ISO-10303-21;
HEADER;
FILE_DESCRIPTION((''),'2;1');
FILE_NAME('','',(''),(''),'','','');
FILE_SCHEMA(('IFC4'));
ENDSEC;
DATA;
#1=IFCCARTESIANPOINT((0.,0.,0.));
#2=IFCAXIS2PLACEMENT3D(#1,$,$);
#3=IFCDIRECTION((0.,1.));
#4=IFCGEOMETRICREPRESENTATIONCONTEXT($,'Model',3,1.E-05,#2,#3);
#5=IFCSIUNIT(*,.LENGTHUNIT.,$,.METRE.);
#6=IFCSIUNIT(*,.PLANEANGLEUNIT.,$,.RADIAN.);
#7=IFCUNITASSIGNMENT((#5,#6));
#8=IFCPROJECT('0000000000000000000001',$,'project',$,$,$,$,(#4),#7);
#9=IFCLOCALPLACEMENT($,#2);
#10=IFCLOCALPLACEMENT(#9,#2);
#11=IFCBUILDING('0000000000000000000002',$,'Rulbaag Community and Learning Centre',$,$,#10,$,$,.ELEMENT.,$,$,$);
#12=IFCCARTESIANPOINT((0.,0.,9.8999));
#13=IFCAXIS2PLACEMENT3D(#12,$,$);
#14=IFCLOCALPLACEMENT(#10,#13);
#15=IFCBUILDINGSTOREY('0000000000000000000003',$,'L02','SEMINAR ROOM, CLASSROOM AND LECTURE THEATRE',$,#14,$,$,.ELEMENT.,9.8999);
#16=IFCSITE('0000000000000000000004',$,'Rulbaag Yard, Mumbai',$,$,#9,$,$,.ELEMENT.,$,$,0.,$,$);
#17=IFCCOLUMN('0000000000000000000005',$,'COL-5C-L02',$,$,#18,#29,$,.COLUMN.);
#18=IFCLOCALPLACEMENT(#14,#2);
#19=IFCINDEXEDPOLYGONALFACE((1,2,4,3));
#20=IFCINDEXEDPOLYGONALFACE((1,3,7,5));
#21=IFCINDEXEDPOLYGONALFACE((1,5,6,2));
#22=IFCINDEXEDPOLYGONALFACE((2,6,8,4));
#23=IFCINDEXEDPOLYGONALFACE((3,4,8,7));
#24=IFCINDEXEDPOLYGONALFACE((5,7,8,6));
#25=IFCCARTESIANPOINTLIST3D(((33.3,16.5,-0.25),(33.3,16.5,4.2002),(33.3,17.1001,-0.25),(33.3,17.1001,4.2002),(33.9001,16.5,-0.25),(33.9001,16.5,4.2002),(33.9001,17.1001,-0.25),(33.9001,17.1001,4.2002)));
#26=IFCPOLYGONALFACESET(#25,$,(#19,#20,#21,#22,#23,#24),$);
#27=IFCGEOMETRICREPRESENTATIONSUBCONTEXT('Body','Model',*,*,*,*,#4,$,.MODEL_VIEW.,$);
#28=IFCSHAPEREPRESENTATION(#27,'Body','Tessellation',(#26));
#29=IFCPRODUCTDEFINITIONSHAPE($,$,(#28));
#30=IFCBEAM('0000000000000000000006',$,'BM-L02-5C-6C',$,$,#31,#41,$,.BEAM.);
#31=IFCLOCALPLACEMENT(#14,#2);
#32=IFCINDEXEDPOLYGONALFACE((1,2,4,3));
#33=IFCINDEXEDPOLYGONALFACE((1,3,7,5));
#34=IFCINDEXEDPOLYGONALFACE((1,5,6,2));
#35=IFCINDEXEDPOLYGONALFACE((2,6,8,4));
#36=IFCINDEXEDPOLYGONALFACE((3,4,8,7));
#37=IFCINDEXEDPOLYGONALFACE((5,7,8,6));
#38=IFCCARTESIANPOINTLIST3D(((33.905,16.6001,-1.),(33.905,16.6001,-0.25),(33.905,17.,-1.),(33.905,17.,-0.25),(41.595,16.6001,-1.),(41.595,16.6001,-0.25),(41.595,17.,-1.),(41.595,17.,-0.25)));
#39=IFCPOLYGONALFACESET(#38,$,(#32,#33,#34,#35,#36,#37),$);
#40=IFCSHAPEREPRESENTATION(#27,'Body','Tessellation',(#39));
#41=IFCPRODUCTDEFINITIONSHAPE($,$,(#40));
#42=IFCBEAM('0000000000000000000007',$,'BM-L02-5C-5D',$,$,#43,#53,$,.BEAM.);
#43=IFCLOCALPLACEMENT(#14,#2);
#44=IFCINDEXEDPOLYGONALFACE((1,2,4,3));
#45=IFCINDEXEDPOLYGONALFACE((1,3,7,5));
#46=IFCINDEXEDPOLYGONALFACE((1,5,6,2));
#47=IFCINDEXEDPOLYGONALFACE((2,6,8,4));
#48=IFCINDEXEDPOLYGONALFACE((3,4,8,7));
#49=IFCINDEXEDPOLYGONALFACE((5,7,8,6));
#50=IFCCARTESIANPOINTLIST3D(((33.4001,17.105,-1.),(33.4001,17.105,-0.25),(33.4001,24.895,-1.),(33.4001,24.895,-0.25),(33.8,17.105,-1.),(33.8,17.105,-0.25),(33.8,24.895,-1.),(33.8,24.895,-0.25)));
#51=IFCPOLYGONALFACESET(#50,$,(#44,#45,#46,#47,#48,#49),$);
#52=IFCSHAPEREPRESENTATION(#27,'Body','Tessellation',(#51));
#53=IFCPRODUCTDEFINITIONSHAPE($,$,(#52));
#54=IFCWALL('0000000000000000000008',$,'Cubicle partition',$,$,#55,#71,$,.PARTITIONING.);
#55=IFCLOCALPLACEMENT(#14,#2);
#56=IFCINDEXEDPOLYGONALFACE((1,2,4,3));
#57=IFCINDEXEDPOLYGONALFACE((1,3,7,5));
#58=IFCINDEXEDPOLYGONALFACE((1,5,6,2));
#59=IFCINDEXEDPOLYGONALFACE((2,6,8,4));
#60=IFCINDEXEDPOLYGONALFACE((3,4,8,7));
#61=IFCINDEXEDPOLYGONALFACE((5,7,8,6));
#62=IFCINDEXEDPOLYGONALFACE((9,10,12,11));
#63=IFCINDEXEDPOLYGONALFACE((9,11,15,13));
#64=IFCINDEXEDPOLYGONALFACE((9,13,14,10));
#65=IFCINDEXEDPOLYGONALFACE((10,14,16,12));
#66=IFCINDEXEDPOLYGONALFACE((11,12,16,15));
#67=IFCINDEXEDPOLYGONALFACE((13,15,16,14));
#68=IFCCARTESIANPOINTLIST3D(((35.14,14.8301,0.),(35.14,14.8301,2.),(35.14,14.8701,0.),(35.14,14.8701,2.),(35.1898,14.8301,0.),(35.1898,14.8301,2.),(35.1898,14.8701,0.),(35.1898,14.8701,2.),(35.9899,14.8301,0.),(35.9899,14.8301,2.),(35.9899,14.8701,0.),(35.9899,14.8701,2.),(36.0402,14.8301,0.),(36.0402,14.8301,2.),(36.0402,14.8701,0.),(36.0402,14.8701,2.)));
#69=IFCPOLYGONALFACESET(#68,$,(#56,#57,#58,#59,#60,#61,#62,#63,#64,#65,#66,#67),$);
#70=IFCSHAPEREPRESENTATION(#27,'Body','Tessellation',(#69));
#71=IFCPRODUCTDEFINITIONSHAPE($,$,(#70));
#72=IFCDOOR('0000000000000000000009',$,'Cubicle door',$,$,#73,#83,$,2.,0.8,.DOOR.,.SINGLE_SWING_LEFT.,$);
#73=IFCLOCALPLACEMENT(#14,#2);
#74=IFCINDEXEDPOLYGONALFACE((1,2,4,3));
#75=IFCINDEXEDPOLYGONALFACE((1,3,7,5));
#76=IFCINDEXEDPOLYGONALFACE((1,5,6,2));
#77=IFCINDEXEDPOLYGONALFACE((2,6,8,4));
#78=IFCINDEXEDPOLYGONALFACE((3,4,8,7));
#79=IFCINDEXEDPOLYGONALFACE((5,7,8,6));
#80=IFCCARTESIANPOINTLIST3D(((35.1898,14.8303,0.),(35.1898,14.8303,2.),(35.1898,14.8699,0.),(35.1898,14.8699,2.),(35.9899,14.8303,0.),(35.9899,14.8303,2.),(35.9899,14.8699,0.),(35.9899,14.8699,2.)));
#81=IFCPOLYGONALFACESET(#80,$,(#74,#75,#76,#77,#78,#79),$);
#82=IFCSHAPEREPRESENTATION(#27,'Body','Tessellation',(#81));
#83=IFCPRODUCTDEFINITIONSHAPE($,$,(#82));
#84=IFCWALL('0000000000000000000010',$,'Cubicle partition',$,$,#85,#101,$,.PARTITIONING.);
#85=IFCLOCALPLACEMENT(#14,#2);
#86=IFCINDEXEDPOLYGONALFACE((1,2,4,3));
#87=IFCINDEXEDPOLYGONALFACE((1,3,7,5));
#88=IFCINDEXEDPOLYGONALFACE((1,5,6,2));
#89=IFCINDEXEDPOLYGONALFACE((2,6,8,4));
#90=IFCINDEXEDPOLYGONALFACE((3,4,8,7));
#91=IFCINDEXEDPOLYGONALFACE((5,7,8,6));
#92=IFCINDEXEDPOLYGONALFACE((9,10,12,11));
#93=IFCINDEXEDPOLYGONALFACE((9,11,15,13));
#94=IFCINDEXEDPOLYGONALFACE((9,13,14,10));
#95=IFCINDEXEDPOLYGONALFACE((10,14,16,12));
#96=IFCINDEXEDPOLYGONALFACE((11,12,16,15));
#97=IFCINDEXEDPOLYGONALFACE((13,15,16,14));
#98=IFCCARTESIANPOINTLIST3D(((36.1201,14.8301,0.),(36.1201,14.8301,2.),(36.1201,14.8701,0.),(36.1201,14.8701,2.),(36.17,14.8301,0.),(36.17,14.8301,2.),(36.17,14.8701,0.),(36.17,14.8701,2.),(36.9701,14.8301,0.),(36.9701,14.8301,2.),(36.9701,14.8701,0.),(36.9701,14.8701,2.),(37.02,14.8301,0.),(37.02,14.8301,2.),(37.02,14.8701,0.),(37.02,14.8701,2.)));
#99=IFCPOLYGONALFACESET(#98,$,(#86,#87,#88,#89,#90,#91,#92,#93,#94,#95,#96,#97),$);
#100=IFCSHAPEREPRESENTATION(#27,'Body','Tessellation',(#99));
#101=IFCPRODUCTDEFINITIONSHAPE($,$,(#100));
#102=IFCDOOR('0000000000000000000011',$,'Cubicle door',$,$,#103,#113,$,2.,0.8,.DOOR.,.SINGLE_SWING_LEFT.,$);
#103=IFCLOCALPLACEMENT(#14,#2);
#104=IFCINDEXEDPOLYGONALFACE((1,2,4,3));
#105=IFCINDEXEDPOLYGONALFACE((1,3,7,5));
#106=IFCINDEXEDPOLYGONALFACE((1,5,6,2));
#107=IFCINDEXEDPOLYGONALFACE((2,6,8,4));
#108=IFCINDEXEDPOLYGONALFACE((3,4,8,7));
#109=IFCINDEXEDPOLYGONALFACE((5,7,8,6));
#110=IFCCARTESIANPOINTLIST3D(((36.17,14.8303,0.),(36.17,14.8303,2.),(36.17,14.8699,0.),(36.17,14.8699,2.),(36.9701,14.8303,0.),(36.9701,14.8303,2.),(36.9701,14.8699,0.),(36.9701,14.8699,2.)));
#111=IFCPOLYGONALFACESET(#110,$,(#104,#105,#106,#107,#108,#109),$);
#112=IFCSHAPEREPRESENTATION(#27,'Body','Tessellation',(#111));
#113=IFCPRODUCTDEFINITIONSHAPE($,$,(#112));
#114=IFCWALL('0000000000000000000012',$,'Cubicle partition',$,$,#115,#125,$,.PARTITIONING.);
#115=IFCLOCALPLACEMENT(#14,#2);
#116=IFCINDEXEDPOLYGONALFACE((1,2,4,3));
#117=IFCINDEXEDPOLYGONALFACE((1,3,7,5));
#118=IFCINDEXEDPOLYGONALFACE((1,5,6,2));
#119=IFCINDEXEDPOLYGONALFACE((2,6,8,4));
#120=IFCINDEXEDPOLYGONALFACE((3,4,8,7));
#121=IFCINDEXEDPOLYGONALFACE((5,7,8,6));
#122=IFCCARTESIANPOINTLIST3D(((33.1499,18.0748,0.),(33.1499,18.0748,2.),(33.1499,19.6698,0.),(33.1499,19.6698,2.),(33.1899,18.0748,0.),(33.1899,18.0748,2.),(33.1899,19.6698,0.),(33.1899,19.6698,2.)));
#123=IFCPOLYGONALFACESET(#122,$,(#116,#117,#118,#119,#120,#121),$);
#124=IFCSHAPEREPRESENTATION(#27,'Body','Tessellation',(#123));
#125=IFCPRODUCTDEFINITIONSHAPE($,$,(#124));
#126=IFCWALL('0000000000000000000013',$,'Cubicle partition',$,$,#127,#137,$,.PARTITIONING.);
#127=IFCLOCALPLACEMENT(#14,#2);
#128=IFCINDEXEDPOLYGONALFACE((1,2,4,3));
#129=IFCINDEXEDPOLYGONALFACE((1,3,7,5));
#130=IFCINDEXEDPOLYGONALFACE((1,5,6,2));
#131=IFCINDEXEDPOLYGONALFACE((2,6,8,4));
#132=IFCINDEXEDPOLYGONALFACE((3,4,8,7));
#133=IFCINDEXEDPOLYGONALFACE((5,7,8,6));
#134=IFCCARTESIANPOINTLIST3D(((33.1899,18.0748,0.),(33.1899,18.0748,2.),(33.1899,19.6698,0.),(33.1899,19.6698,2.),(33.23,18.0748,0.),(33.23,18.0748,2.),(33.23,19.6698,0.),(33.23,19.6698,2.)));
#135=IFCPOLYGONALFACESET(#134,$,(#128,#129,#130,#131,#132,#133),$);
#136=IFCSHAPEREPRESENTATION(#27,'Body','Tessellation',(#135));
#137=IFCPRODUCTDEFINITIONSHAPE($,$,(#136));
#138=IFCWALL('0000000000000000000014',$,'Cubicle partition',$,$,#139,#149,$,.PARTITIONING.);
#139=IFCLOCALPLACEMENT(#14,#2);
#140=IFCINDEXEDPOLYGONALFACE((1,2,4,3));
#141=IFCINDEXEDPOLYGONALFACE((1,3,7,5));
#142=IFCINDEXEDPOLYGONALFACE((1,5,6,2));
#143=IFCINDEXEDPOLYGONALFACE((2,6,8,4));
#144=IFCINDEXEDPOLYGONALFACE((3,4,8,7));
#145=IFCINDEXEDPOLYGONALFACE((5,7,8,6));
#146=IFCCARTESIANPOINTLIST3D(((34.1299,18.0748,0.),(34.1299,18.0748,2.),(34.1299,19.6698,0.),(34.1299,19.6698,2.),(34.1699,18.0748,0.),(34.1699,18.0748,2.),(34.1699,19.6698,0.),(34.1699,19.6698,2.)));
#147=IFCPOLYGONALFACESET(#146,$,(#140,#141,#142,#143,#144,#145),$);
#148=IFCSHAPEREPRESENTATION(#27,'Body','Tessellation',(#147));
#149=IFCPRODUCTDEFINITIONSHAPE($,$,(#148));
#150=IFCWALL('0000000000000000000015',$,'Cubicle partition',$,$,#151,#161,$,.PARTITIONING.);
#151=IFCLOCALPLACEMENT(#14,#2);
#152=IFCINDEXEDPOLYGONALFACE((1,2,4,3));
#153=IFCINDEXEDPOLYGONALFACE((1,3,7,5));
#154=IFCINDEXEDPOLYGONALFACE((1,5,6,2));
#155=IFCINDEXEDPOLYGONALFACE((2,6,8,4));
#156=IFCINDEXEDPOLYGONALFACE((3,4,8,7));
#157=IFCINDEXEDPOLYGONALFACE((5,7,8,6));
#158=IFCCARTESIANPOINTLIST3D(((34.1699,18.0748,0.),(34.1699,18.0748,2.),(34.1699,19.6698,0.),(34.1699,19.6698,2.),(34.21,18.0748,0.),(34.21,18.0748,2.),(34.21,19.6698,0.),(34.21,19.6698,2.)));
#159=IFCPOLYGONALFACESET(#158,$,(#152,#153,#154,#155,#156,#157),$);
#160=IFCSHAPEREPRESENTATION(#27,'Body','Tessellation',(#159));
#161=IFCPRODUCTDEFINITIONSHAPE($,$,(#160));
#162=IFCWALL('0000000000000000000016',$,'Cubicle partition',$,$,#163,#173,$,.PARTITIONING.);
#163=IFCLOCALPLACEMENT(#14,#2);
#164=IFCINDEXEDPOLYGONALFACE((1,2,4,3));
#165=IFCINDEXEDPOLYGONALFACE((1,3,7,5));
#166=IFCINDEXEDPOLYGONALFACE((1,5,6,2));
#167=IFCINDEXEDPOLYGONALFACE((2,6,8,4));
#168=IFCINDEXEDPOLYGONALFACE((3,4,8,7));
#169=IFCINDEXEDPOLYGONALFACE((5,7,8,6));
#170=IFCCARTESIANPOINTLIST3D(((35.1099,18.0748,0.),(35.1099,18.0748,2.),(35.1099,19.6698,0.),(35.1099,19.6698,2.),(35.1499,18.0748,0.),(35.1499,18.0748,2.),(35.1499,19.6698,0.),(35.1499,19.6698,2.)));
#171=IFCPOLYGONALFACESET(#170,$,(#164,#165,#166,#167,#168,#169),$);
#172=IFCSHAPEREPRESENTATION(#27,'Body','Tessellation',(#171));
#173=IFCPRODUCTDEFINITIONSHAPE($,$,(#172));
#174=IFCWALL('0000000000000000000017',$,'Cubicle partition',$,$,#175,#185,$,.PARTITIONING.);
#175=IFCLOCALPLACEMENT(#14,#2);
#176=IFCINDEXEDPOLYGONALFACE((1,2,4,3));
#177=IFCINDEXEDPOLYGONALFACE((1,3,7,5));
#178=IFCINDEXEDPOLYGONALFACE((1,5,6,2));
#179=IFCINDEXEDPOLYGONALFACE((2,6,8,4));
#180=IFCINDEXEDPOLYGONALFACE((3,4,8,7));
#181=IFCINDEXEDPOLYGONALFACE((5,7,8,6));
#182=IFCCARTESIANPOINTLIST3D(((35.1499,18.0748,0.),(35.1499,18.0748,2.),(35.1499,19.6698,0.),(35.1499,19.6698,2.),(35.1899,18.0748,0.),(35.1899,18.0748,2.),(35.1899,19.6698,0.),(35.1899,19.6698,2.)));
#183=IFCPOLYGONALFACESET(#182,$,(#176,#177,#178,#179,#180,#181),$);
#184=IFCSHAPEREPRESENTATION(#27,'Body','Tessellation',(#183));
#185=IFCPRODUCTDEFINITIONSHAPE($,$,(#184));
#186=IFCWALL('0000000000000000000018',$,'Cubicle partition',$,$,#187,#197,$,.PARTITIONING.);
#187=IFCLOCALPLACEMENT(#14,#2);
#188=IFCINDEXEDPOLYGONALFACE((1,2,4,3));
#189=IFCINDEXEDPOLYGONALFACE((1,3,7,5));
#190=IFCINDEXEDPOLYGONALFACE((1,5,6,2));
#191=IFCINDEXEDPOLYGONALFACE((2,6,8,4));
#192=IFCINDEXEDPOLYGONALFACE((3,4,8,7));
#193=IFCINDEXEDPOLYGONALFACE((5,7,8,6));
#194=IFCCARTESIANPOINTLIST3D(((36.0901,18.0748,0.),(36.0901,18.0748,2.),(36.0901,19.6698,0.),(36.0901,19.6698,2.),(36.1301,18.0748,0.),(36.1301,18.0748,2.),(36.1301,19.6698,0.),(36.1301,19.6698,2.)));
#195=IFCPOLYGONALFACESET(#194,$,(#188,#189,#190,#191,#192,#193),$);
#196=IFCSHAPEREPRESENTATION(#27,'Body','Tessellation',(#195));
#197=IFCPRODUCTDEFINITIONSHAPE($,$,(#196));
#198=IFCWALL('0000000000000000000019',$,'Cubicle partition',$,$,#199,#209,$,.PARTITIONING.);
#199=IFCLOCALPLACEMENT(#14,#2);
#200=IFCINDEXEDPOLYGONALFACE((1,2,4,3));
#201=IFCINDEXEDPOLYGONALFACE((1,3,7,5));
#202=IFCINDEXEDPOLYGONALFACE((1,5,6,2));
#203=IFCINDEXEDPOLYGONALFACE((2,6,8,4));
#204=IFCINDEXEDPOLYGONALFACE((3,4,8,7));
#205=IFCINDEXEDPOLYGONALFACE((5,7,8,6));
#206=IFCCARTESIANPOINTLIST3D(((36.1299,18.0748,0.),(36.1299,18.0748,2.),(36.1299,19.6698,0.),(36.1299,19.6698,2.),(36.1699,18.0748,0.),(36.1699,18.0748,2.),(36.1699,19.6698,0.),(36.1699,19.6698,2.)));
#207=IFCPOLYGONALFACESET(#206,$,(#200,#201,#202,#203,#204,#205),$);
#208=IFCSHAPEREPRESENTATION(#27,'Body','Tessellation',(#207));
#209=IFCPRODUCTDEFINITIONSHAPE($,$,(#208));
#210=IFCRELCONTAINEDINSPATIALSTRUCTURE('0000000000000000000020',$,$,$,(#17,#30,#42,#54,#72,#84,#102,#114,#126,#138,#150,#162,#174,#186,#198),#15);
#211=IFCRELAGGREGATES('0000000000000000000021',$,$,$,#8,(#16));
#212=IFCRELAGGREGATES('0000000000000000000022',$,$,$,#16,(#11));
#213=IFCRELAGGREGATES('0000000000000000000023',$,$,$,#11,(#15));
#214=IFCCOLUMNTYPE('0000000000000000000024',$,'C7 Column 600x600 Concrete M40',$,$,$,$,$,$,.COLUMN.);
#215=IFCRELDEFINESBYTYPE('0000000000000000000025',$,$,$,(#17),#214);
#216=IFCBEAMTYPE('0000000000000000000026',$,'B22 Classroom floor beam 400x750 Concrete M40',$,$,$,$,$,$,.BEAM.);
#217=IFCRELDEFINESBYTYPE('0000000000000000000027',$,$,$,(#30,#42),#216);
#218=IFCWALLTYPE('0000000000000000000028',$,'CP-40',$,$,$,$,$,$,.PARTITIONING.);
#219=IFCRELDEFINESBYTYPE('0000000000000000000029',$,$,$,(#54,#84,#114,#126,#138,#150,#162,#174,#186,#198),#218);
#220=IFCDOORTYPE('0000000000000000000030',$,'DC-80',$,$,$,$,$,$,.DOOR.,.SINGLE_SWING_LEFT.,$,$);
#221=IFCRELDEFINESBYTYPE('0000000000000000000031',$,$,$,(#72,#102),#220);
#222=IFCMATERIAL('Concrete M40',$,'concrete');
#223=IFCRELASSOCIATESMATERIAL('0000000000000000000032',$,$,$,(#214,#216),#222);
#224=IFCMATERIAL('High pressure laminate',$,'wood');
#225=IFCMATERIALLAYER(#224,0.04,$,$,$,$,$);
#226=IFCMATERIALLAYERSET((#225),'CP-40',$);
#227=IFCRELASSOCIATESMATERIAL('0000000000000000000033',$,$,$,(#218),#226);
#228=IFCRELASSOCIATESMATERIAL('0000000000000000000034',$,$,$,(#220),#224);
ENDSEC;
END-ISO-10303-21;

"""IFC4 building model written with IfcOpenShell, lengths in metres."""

from ifc_helpers import new_model, si_unit, direction, frame, frame_2d, origin, origin_2d, place, context, subcontext, project, spatial, rectangle, extrude, material, layer, layer_set, material_profile, profile_set, type_object, element, fill, save


model = new_model("IFC4")

# Units and contexts
model_context = context("Model", 3, precision=1e-05, world=origin(), true_north=direction((0.0, 1.0)))
body_context = subcontext(model_context, "Body", "Model", "MODEL_VIEW")
ifc_project = project(units=[si_unit("LENGTHUNIT", "METRE"), si_unit("PLANEANGLEUNIT", "RADIAN")], contexts=[model_context])

# Site, building, storey
site_placement = place(None, origin())
site = spatial("IfcSite", under=ifc_project, at=site_placement, Name="Rulbaag Yard, Mumbai", CompositionType="ELEMENT", RefElevation=0.0)
building_placement = place(site_placement, origin())
building = spatial("IfcBuilding", under=site, at=building_placement, Name="Rulbaag Community and Learning Centre", CompositionType="ELEMENT")
storey_placement = place(building_placement, frame((0.0, 0.0, 9.8999)))
storey = spatial("IfcBuildingStorey", under=building, at=storey_placement, Name="L02", Description="SEMINAR ROOM, CLASSROOM AND LECTURE THEATRE", CompositionType="ELEMENT", Elevation=9.8999)

# Column
ifc_material_1 = material(Name="Concrete M40", Category="concrete")
ifc_material_profile_1 = material_profile(ifc_material_1, rectangle(XDim=0.6001, YDim=0.6001, at=origin_2d()), Name="RC600x600")
ifc_profile_set_1 = profile_set([ifc_material_profile_1], Name="Concrete M40")
column_type = type_object("IfcColumnType", Name="C7 Column 600x600 Concrete M40", PredefinedType="COLUMN", material=ifc_profile_set_1)
column_placement = place(storey_placement, frame((33.6001, 16.8, -0.25), z_axis=(0.0, 0.0, 1.0), x_axis=(1.0, 0.0, 0.0)))
element("IfcColumn", 1, at=column_placement, inside=storey, type_object=column_type, Name="COL-5C-L02", PredefinedType="COLUMN", context=body_context, shape_type="SweptSolid", body=[
    extrude(rectangle(XDim=0.6001, YDim=0.6001, at=origin_2d()), origin(), (0.0, 0.0, 1.0), 4.4502),
])

# Beams
ifc_material_profile_2 = material_profile(ifc_material_1, rectangle(XDim=0.3999, YDim=0.75, at=origin_2d()), Name="RB400x750")
ifc_profile_set_2 = profile_set([ifc_material_profile_2], Name="Concrete M40")
beam_type = type_object("IfcBeamType", Name="B22 Classroom floor beam 400x750 Concrete M40", PredefinedType="BEAM", material=ifc_profile_set_2)
beam_1_placement = place(storey_placement, frame((33.905, 16.8, -0.625), z_axis=(1.0, 0.0, 0.0), x_axis=(0.0, 1.0, 0.0)))
element("IfcBeam", 2, at=beam_1_placement, inside=storey, type_object=beam_type, Name="BM-L02-5C-6C", PredefinedType="BEAM", context=body_context, shape_type="SweptSolid", body=[
    extrude(rectangle(XDim=0.3999, YDim=0.75, at=origin_2d()), origin(), (0.0, 0.0, 1.0), 7.6899),
])
beam_2_placement = place(storey_placement, frame((33.6001, 17.105, -0.625), z_axis=(0.0, 1.0, 0.0), x_axis=(-1.0, 0.0, 0.0)))
element("IfcBeam", 3, at=beam_2_placement, inside=storey, type_object=beam_type, Name="BM-L02-5C-5D", PredefinedType="BEAM", context=body_context, shape_type="SweptSolid", body=[
    extrude(rectangle(XDim=0.3999, YDim=0.75, at=origin_2d()), origin(), (0.0, 0.0, 1.0), 7.79),
])

# Walls, openings, doors
ifc_material_2 = material(Name="High pressure laminate", Category="wood")
ifc_layer = layer(ifc_material_2, 0.04)
ifc_layer_set = layer_set([ifc_layer], Name="CP-40")
wall_type = type_object("IfcWallType", Name="CP-40", PredefinedType="PARTITIONING", material=ifc_layer_set)
wall_1_placement = place(storey_placement, frame((35.1399, 14.8501, 0.0), z_axis=(0.0, 0.0, 1.0), x_axis=(1.0, 0.0, 0.0)))
wall_1 = element("IfcWall", 4, at=wall_1_placement, inside=storey, type_object=wall_type, Name="Cubicle partition", PredefinedType="PARTITIONING", context=body_context, shape_type="SweptSolid", body=[
    extrude(rectangle(XDim=0.9001, YDim=0.04, at=frame_2d((0.4502, 0.0))), origin(), (0.0, 0.0, 1.0), 2.0),
])
opening_1_placement = place(wall_1_placement, frame((0.05, 0.0, 0.0)))
opening_1 = element("IfcOpeningElement", 5, at=opening_1_placement, cuts=wall_1, PredefinedType="OPENING", context=body_context, shape_type="SweptSolid", body=[
    extrude(rectangle(XDim=0.8, YDim=2.0, at=frame_2d((0.3999, 1.0))), frame((0.0, 0.03, 0.0), z_axis=(0.0, -1.0, 0.0), x_axis=(1.0, 0.0, 0.0)), (0.0, 0.0, 1.0), 0.0601),
])
door_type = type_object("IfcDoorType", Name="DC-80", OperationType="SINGLE_SWING_LEFT", PredefinedType="DOOR", material=ifc_material_2)
door_1_placement = place(opening_1_placement, origin())
door_1 = element("IfcDoor", 6, at=door_1_placement, inside=storey, type_object=door_type, Name="Cubicle door", OperationType="SINGLE_SWING_LEFT", OverallHeight=2.0, OverallWidth=0.8, PredefinedType="DOOR", context=body_context, shape_type="SweptSolid", body=[
    extrude(rectangle(XDim=0.8, YDim=2.0, at=frame_2d((0.3999, 1.0))), frame((0.0, 0.0198, 0.0), z_axis=(0.0, -1.0, 0.0), x_axis=(1.0, 0.0, 0.0)), (0.0, 0.0, 1.0), 0.0396),
])
fill(opening_1, door_1)
wall_2_placement = place(storey_placement, frame((36.1201, 14.8501, 0.0), z_axis=(0.0, 0.0, 1.0), x_axis=(1.0, 0.0, 0.0)))
wall_2 = element("IfcWall", 7, at=wall_2_placement, inside=storey, type_object=wall_type, Name="Cubicle partition", PredefinedType="PARTITIONING", context=body_context, shape_type="SweptSolid", body=[
    extrude(rectangle(XDim=0.8999, YDim=0.04, at=frame_2d((0.45, 0.0))), origin(), (0.0, 0.0, 1.0), 2.0),
])
opening_2_placement = place(wall_2_placement, frame((0.05, 0.0, 0.0)))
opening_2 = element("IfcOpeningElement", 8, at=opening_2_placement, cuts=wall_2, PredefinedType="OPENING", context=body_context, shape_type="SweptSolid", body=[
    extrude(rectangle(XDim=0.8, YDim=2.0, at=frame_2d((0.3999, 1.0))), frame((0.0, 0.03, 0.0), z_axis=(0.0, -1.0, 0.0), x_axis=(1.0, 0.0, 0.0)), (0.0, 0.0, 1.0), 0.0601),
])
door_2_placement = place(opening_2_placement, origin())
door_2 = element("IfcDoor", 9, at=door_2_placement, inside=storey, type_object=door_type, Name="Cubicle door", OperationType="SINGLE_SWING_LEFT", OverallHeight=2.0, OverallWidth=0.8, PredefinedType="DOOR", context=body_context, shape_type="SweptSolid", body=[
    extrude(rectangle(XDim=0.8, YDim=2.0, at=frame_2d((0.3999, 1.0))), frame((0.0, 0.0198, 0.0), z_axis=(0.0, -1.0, 0.0), x_axis=(1.0, 0.0, 0.0)), (0.0, 0.0, 1.0), 0.0396),
])
fill(opening_2, door_2)

# Walls
for number, where, z_axis, x_axis, name in (
    (10, (33.1699, 18.075, 0.0), (0.0, 0.0, 1.0), (0.0, 1.0, 0.0), "Cubicle partition"),
    (11, (33.21, 18.075, 0.0), (0.0, 0.0, 1.0), (0.0, 1.0, 0.0), "Cubicle partition"),
    (12, (34.1499, 18.075, 0.0), (0.0, 0.0, 1.0), (0.0, 1.0, 0.0), "Cubicle partition"),
    (13, (34.1899, 18.075, 0.0), (0.0, 0.0, 1.0), (0.0, 1.0, 0.0), "Cubicle partition"),
    (14, (35.1299, 18.075, 0.0), (0.0, 0.0, 1.0), (0.0, 1.0, 0.0), "Cubicle partition"),
    (15, (35.1699, 18.075, 0.0), (0.0, 0.0, 1.0), (0.0, 1.0, 0.0), "Cubicle partition"),
    (16, (36.1101, 18.075, 0.0), (0.0, 0.0, 1.0), (0.0, 1.0, 0.0), "Cubicle partition"),
    (17, (36.1499, 18.075, 0.0), (0.0, 0.0, 1.0), (0.0, 1.0, 0.0), "Cubicle partition"),
):
    element("IfcWall", number, at=place(storey_placement, frame(where, z_axis=z_axis, x_axis=x_axis)), inside=storey, type_object=wall_type, Name=name, PredefinedType="PARTITIONING", context=body_context, shape_type="SweptSolid", body=[
        extrude(rectangle(XDim=1.595, YDim=0.04, at=frame_2d((0.7974, 0.0))), origin(), (0.0, 0.0, 1.0), 2.0),
    ])

save(model, "model.ifc")
